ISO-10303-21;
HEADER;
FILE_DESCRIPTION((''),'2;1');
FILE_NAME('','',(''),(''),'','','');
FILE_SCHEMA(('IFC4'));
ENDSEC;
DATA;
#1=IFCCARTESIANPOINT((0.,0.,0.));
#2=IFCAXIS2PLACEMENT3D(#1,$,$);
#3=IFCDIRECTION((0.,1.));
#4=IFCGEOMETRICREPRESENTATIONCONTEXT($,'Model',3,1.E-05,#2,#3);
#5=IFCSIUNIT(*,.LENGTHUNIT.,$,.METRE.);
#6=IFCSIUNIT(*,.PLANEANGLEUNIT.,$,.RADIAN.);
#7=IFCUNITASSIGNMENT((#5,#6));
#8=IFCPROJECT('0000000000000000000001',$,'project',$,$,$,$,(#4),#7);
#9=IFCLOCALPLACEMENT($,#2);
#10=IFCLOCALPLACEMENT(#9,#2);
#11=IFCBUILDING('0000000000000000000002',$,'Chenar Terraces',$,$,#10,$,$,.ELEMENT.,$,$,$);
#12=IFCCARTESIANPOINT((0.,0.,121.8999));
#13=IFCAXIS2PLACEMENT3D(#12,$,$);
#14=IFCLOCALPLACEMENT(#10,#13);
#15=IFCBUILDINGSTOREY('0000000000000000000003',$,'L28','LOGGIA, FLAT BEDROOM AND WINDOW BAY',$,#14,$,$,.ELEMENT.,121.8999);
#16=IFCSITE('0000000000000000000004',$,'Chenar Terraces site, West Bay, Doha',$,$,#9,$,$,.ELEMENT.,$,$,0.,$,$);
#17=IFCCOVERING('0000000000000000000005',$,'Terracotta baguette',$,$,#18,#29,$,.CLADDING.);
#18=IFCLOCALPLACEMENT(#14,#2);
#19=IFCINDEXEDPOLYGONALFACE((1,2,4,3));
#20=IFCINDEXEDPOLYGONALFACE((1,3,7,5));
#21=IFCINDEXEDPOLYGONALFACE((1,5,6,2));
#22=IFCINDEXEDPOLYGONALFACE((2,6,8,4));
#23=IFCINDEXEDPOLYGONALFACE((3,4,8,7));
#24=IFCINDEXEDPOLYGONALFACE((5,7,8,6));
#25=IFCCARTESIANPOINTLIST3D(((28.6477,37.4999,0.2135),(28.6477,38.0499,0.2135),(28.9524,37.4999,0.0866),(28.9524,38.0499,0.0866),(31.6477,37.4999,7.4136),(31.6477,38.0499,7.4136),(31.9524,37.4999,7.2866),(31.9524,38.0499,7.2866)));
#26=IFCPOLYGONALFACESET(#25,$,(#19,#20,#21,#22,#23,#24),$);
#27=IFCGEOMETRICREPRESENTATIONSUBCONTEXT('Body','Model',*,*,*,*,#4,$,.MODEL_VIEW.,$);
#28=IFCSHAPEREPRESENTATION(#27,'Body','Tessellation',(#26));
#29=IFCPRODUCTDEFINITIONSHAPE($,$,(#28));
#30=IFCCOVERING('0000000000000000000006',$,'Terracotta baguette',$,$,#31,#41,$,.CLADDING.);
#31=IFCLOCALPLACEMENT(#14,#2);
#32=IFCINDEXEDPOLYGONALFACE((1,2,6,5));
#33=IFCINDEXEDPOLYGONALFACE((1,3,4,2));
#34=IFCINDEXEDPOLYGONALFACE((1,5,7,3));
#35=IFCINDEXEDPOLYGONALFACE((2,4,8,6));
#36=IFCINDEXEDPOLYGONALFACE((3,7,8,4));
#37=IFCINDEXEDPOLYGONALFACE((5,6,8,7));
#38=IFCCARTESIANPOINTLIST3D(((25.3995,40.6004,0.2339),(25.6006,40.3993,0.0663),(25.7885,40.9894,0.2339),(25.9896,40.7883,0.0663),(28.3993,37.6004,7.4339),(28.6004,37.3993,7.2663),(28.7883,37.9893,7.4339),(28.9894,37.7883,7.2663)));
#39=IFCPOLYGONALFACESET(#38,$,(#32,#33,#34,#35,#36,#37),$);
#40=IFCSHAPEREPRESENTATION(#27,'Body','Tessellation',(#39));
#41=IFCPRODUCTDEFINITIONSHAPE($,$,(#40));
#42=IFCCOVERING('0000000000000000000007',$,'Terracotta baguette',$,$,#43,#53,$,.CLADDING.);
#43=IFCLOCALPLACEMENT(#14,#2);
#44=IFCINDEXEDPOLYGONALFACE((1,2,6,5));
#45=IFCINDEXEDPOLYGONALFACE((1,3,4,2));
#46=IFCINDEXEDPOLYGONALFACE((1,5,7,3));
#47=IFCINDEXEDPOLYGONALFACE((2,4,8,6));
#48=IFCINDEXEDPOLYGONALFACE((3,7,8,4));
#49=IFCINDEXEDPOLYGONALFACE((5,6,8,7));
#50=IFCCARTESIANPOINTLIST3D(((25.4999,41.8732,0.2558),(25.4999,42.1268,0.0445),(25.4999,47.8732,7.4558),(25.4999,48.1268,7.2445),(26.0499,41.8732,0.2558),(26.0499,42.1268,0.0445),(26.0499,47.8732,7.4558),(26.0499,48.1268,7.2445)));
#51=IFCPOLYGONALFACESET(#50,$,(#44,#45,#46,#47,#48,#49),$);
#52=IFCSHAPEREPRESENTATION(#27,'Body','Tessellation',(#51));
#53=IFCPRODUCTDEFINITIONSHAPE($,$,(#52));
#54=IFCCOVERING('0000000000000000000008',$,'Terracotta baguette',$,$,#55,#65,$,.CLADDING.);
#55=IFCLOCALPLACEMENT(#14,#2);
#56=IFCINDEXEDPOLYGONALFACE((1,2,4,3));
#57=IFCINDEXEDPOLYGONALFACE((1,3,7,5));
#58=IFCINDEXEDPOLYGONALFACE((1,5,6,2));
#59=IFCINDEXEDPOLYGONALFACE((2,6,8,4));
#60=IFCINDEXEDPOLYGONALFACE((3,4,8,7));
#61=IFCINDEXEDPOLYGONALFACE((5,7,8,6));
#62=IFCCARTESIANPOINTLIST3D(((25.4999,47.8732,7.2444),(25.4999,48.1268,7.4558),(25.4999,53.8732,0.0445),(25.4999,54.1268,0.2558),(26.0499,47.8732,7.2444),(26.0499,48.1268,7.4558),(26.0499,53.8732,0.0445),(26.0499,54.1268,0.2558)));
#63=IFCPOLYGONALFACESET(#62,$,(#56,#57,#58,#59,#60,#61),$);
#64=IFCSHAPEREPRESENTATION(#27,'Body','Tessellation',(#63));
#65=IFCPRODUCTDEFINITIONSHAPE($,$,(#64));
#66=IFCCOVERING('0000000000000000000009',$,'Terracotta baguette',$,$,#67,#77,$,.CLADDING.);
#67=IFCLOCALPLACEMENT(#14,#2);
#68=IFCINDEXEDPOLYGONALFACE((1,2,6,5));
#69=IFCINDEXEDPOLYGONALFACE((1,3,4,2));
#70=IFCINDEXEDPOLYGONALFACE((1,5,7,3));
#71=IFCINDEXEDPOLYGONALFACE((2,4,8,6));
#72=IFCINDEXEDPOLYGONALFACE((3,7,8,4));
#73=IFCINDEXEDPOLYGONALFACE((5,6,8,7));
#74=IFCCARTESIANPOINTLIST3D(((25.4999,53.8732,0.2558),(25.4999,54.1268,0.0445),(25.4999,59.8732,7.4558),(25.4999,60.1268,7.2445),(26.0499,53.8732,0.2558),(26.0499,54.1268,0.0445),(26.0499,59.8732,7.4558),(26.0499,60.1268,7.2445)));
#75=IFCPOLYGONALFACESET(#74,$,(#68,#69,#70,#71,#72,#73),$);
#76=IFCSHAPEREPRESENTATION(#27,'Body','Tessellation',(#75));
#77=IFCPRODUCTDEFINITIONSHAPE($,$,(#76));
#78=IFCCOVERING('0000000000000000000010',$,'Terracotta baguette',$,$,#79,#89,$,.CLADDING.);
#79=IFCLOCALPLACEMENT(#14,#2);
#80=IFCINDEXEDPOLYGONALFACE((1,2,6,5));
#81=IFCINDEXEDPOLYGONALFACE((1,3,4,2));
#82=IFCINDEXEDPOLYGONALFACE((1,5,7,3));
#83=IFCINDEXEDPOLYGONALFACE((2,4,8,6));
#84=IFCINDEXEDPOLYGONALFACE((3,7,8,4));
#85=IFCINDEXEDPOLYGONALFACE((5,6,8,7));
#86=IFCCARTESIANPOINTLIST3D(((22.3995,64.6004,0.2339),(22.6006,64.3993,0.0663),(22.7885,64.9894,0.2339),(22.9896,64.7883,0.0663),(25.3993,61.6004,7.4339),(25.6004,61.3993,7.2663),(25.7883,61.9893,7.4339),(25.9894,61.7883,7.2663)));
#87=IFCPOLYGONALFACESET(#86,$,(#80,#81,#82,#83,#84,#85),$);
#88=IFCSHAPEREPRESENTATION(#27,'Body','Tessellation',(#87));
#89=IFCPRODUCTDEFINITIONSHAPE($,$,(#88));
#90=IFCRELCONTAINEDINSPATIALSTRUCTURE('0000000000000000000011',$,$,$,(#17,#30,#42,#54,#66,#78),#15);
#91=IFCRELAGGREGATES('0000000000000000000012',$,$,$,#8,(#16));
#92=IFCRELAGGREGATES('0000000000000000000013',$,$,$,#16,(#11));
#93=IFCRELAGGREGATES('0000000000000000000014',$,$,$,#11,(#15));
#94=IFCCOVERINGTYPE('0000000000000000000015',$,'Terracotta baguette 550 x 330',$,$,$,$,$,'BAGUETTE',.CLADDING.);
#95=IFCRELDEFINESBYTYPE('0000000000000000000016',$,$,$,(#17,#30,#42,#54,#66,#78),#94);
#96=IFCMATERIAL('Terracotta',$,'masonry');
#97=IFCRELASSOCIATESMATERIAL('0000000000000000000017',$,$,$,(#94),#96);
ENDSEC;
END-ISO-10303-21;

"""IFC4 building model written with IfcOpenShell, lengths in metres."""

from ifc_helpers import new_model, si_unit, direction, frame, origin, origin_2d, place, context, subcontext, project, spatial, rectangle, extrude, material, material_profile, profile_set, type_object, element, save


model = new_model("IFC4")

# Units and contexts
model_context = context("Model", 3, precision=1e-05, world=origin(), true_north=direction((0.0, 1.0)))
body_context = subcontext(model_context, "Body", "Model", "MODEL_VIEW")
ifc_project = project(units=[si_unit("LENGTHUNIT", "METRE"), si_unit("PLANEANGLEUNIT", "RADIAN")], contexts=[model_context])

# Site, building, storey
site_placement = place(None, origin())
site = spatial("IfcSite", under=ifc_project, at=site_placement, Name="Chenar Terraces site, West Bay, Doha", CompositionType="ELEMENT", RefElevation=0.0)
building_placement = place(site_placement, origin())
building = spatial("IfcBuilding", under=site, at=building_placement, Name="Chenar Terraces", CompositionType="ELEMENT")
storey_placement = place(building_placement, frame((0.0, 0.0, 121.8999)))
storey = spatial("IfcBuildingStorey", under=building, at=storey_placement, Name="L28", Description="LOGGIA, FLAT BEDROOM AND WINDOW BAY", CompositionType="ELEMENT", Elevation=121.8999)

# Coverings
ifc_material_1 = material(Name="Terracotta", Category="masonry")
ifc_material_profile_1 = material_profile(ifc_material_1, rectangle(XDim=0.55, YDim=0.3301, at=origin_2d()), Name="Terracotta baguette 550 x 330")
ifc_profile_set_1 = profile_set([ifc_material_profile_1], Name="Terracotta")
covering_type = type_object("IfcCoveringType", Name="Terracotta baguette 550 x 330", ElementType="BAGUETTE", PredefinedType="CLADDING", material=ifc_profile_set_1)
covering_1_placement = place(storey_placement, frame((31.8, 37.7749, 7.3501), z_axis=(-0.384618, 0.0, -0.923076), x_axis=(0.0, -1.0, 0.0)))
element("IfcCovering", 1, at=covering_1_placement, inside=storey, type_object=covering_type, Name="Terracotta baguette", PredefinedType="CLADDING", context=body_context, shape_type="SweptSolid", body=[
    extrude(rectangle(XDim=0.55, YDim=0.3301, at=origin_2d()), origin(), (0.0, 0.0, 1.0), 7.8),
])
covering_2_placement = place(storey_placement, frame((28.6943, 37.6943, 7.3501), z_axis=(-0.358955, 0.358985, -0.861557), x_axis=(-0.707136, -0.707078, 0.0)))
element("IfcCovering", 2, at=covering_2_placement, inside=storey, type_object=covering_type, Name="Terracotta baguette", PredefinedType="CLADDING", context=body_context, shape_type="SweptSolid", body=[
    extrude(rectangle(XDim=0.55, YDim=0.3301, at=origin_2d()), origin(), (0.0, 0.0, 1.0), 8.3569),
])
for number, where, z_axis, x_axis, name in (
    (3, (25.7749, 42.0, 0.1501), (0.0, 0.640187, 0.768219), (-1.0, 0.0, 0.0), "Terracotta baguette"),
    (4, (25.7749, 48.0, 7.3501), (0.0, 0.640187, -0.768219), (-1.0, 0.0, 0.0), "Terracotta baguette"),
    (5, (25.7749, 54.0, 0.1501), (0.0, 0.640187, 0.768219), (-1.0, 0.0, 0.0), "Terracotta baguette"),
):
    element("IfcCovering", number, at=place(storey_placement, frame(where, z_axis=z_axis, x_axis=x_axis)), inside=storey, type_object=covering_type, Name=name, PredefinedType="CLADDING", context=body_context, shape_type="SweptSolid", body=[
        extrude(rectangle(XDim=0.55, YDim=0.3301, at=origin_2d()), origin(), (0.0, 0.0, 1.0), 9.3723),
    ])
covering_3_placement = place(storey_placement, frame((25.6943, 61.6943, 7.3501), z_axis=(-0.358955, 0.358985, -0.861557), x_axis=(-0.707136, -0.707078, 0.0)))
element("IfcCovering", 6, at=covering_3_placement, inside=storey, type_object=covering_type, Name="Terracotta baguette", PredefinedType="CLADDING", context=body_context, shape_type="SweptSolid", body=[
    extrude(rectangle(XDim=0.55, YDim=0.3301, at=origin_2d()), origin(), (0.0, 0.0, 1.0), 8.3569),
])

save(model, "model.ifc")
